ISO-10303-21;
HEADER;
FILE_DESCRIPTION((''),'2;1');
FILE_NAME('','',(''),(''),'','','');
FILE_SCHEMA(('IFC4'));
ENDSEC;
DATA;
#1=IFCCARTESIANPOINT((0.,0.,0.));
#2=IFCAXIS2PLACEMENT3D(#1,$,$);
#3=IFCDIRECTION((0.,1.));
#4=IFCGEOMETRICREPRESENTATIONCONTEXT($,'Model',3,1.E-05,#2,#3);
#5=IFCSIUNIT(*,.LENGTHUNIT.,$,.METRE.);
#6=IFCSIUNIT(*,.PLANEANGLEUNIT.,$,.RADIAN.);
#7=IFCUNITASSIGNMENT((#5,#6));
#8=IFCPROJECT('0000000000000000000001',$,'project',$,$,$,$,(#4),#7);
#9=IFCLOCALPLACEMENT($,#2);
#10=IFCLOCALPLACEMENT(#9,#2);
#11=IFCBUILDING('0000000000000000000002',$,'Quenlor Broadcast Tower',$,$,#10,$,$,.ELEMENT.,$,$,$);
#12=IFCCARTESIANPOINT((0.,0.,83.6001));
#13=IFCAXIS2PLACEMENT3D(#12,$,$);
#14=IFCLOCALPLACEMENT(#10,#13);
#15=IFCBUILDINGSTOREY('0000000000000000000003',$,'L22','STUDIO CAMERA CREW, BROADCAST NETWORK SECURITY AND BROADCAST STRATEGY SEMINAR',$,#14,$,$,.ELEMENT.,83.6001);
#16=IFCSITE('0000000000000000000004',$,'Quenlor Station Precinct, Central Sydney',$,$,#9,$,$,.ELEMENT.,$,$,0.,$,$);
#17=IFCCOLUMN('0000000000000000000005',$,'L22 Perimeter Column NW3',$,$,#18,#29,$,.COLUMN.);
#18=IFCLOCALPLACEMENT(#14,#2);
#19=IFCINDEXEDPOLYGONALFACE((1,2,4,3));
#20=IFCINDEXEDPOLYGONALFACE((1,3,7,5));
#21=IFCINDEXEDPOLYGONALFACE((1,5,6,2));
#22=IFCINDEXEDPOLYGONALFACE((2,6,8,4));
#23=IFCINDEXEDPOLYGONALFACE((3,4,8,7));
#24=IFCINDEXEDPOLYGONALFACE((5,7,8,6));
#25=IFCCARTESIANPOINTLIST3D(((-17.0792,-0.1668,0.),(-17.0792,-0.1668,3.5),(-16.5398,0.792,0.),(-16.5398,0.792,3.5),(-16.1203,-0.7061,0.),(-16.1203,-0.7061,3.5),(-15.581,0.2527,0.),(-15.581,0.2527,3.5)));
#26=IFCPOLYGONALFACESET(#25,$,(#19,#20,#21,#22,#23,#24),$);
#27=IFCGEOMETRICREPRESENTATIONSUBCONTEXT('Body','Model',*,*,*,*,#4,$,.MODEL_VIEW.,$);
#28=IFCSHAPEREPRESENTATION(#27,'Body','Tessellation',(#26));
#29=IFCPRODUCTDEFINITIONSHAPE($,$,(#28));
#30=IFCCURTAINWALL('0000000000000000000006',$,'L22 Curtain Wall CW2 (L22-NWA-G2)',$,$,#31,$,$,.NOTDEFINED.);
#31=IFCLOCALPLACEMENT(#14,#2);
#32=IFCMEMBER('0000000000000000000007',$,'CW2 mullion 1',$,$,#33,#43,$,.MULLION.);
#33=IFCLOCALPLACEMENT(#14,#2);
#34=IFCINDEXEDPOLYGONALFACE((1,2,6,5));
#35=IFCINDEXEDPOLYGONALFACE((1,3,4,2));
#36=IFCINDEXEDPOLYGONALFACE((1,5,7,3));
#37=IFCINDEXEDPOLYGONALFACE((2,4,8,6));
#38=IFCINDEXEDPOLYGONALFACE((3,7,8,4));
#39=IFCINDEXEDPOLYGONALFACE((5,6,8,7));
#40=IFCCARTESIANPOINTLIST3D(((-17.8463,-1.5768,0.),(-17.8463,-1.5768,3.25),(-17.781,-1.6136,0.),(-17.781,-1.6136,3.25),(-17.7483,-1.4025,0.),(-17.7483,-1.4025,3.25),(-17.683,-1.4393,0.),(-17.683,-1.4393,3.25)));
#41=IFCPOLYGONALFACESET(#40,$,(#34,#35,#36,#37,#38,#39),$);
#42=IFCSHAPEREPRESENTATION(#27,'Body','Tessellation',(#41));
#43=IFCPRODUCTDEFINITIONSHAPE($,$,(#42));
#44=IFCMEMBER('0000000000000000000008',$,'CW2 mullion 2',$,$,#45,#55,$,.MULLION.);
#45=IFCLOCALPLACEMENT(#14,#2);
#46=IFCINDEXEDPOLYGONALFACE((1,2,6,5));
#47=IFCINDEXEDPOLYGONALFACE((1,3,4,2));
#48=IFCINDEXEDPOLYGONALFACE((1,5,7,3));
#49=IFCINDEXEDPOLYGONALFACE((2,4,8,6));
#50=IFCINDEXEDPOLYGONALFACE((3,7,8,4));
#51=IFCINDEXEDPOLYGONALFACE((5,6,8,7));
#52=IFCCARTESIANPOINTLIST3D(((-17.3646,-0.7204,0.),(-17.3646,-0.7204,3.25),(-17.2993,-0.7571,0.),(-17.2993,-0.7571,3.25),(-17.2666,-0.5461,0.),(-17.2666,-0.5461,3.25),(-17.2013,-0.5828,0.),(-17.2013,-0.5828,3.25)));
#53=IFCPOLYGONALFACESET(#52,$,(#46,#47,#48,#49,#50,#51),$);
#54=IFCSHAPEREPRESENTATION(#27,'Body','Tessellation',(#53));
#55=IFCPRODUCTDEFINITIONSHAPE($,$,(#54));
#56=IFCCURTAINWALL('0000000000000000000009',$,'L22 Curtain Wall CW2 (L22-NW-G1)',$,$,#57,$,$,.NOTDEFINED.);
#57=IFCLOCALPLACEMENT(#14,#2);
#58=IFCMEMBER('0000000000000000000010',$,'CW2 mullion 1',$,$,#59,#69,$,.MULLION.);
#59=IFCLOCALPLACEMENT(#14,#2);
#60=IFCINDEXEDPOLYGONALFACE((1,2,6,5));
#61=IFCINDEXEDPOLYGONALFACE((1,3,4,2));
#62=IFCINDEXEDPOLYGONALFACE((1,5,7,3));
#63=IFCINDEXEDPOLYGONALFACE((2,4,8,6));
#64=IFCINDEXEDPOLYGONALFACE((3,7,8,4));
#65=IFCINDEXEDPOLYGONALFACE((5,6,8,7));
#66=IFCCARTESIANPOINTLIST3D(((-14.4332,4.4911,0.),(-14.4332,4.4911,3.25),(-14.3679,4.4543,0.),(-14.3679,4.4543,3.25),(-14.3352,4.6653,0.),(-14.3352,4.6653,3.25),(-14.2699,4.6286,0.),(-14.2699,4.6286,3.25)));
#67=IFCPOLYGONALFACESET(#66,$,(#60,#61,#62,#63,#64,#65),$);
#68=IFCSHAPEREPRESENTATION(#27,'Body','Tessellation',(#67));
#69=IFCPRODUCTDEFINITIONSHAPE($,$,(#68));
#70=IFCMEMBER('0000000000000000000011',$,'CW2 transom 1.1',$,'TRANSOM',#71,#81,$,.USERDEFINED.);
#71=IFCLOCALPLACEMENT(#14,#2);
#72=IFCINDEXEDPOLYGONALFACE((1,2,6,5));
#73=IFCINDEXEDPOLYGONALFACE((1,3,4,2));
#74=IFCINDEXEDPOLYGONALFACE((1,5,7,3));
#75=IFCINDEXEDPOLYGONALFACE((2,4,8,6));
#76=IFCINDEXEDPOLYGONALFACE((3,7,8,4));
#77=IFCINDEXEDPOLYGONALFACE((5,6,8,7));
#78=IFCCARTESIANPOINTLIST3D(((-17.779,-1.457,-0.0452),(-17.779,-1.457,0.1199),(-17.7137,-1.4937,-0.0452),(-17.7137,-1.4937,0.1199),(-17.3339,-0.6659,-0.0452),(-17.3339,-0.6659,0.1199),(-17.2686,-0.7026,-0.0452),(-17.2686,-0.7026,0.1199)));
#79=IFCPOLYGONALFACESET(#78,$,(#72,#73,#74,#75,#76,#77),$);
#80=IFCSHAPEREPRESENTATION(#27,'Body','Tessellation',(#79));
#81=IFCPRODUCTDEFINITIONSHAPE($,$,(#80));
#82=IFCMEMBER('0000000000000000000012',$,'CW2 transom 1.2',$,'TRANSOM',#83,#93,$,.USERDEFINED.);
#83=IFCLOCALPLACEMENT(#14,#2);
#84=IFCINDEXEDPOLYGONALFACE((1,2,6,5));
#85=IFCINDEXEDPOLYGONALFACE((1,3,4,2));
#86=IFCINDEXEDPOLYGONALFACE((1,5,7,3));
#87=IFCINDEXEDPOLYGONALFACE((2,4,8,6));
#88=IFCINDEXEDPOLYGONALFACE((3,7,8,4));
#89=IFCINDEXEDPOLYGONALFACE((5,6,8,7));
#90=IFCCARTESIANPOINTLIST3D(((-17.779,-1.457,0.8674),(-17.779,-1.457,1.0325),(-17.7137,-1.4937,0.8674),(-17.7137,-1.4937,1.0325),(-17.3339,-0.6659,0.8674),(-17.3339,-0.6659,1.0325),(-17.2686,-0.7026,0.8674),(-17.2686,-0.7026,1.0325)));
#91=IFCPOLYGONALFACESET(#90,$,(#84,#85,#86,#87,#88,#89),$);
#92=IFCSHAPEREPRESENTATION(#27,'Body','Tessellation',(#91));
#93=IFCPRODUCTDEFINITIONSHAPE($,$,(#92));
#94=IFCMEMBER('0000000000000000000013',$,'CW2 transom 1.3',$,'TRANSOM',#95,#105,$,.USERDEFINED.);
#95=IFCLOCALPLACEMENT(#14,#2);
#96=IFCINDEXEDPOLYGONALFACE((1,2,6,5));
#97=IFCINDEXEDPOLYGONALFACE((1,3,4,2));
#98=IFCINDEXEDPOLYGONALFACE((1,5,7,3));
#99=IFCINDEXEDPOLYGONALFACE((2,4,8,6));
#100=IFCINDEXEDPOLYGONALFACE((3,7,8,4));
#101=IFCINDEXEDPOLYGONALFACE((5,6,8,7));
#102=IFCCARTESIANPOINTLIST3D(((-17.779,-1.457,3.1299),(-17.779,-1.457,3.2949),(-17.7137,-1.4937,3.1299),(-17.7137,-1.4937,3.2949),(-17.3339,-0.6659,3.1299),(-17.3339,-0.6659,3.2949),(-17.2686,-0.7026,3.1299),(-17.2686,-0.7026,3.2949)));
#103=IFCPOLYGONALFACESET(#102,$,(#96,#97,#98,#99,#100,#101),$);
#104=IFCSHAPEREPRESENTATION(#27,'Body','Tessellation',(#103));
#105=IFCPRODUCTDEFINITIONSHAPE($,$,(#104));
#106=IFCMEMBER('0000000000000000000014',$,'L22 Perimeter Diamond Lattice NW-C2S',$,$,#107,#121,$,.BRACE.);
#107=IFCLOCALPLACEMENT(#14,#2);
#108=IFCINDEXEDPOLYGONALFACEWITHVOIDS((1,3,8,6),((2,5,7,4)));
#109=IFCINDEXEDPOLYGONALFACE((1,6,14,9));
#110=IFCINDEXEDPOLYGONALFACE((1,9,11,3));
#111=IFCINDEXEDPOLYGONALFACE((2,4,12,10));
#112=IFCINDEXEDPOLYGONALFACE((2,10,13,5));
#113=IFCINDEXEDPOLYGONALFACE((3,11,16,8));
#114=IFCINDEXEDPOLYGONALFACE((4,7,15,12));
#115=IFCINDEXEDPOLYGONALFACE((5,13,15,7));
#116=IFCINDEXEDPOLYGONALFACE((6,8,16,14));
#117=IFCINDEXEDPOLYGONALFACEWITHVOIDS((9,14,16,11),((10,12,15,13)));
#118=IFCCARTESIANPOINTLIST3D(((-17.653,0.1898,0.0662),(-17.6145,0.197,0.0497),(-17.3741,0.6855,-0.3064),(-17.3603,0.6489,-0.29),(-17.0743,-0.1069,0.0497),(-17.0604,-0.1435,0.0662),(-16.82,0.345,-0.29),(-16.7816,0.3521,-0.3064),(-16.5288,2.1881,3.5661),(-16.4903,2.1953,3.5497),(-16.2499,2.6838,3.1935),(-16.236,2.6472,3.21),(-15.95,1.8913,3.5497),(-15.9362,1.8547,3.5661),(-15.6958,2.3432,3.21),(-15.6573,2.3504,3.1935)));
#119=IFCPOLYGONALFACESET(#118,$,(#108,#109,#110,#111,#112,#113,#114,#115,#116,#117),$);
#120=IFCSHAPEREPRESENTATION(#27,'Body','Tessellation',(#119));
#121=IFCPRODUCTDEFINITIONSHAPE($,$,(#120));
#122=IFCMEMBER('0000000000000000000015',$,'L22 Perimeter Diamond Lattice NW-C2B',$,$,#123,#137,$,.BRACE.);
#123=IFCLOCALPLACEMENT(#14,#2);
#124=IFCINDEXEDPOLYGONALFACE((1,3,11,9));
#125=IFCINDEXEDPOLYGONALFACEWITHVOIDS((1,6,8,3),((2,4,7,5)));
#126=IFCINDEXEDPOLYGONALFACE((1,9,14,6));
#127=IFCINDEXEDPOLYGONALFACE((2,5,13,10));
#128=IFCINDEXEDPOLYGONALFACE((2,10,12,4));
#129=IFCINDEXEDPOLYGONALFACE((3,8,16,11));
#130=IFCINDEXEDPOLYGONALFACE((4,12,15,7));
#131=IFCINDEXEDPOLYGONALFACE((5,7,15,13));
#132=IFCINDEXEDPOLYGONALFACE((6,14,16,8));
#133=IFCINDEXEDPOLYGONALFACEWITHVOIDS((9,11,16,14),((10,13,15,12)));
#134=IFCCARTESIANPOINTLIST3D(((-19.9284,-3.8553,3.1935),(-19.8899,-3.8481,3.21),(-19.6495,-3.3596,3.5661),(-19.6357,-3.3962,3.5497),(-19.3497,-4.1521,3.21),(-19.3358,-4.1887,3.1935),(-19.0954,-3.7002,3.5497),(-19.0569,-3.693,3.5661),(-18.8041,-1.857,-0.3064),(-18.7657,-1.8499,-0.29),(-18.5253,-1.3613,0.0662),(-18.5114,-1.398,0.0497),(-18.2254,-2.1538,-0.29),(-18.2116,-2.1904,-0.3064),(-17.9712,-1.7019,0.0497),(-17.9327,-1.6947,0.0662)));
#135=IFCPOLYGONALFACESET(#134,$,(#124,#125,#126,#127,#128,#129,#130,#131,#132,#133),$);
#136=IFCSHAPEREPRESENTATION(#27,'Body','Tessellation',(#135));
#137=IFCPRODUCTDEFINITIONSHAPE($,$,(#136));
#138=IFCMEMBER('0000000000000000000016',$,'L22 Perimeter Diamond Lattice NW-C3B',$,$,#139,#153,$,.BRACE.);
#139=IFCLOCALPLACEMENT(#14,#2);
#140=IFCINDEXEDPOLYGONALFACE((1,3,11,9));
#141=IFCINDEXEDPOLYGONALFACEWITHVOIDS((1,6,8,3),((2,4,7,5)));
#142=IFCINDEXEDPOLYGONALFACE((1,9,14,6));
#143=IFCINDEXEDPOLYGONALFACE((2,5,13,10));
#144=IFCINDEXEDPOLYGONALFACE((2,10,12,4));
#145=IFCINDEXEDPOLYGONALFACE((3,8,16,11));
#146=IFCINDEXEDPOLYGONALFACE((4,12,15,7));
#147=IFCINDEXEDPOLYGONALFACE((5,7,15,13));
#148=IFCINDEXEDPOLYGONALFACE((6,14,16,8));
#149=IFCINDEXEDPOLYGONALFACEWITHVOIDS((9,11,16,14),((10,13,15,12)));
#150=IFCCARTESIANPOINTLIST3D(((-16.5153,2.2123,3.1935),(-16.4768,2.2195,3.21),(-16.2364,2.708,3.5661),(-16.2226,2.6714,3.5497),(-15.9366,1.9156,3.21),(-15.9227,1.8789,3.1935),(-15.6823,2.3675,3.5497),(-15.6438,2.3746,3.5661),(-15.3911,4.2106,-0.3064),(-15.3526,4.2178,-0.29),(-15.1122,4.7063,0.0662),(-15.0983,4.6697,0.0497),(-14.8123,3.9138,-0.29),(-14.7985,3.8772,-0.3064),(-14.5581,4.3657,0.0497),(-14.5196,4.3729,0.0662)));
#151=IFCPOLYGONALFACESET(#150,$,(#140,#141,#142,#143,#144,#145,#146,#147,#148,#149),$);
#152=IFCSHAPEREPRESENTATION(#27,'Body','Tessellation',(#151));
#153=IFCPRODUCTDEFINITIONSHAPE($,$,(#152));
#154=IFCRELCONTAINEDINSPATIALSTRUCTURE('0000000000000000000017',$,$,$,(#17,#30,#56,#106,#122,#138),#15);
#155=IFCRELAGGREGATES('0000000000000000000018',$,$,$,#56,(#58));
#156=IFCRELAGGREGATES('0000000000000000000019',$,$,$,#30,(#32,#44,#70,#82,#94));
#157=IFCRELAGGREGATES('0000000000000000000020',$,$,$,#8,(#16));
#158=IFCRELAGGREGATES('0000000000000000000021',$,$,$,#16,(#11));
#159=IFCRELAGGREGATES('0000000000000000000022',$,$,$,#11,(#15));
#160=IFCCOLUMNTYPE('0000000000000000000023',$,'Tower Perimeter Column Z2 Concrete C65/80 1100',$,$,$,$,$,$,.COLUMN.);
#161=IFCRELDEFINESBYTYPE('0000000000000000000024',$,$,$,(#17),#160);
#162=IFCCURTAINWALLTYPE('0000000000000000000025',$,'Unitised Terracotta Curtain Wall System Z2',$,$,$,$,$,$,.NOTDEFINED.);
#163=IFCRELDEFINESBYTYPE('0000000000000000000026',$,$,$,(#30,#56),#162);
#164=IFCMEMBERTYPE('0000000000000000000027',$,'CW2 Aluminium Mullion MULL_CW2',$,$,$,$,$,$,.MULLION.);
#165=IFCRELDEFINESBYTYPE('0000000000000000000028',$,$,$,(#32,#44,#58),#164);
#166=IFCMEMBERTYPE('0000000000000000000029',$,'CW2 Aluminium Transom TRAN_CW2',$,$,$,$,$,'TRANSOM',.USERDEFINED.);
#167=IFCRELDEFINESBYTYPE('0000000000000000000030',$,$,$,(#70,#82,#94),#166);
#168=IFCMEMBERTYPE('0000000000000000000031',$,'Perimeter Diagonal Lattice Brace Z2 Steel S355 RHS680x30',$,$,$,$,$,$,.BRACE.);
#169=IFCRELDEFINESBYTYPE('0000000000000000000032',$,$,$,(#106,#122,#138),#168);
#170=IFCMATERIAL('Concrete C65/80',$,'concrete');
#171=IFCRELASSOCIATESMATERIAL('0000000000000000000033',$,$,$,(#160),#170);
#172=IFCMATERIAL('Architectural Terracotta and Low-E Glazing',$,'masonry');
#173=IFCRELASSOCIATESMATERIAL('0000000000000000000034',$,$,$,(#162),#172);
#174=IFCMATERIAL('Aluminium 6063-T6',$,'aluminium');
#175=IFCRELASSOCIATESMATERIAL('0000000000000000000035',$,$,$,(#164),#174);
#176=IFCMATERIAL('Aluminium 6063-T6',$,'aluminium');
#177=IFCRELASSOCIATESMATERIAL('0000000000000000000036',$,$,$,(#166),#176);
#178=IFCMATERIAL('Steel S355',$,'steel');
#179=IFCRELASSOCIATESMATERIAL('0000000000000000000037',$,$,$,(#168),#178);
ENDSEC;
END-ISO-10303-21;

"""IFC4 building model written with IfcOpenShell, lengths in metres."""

from ifc_helpers import new_model, si_unit, direction, frame, origin, origin_2d, place, context, subcontext, project, spatial, rectangle, hollow_rectangle, extrude, material, material_profile, profile_set, type_object, element, aggregate, save


model = new_model("IFC4")

# Units and contexts
model_context = context("Model", 3, precision=1e-05, world=origin(), true_north=direction((0.0, 1.0)))
body_context = subcontext(model_context, "Body", "Model", "MODEL_VIEW")
ifc_project = project(units=[si_unit("LENGTHUNIT", "METRE"), si_unit("PLANEANGLEUNIT", "RADIAN")], contexts=[model_context])

# Site, building, storey
site_placement = place(None, origin())
site = spatial("IfcSite", under=ifc_project, at=site_placement, Name="Quenlor Station Precinct, Central Sydney", CompositionType="ELEMENT", RefElevation=0.0)
building_placement = place(site_placement, origin())
building = spatial("IfcBuilding", under=site, at=building_placement, Name="Quenlor Broadcast Tower", CompositionType="ELEMENT")
storey_placement = place(building_placement, frame((0.0, 0.0, 83.6001)))
storey = spatial("IfcBuildingStorey", under=building, at=storey_placement, Name="L22", Description="STUDIO CAMERA CREW, BROADCAST NETWORK SECURITY AND BROADCAST STRATEGY SEMINAR", CompositionType="ELEMENT", Elevation=83.6001)

# Column
ifc_material_1 = material(Name="Concrete C65/80", Category="concrete")
ifc_material_profile_1 = material_profile(ifc_material_1, rectangle(XDim=1.1001, YDim=1.1001, at=origin_2d()))
ifc_profile_set_1 = profile_set([ifc_material_profile_1], Name="Concrete C65/80 RC1100x1100")
column_type = type_object("IfcColumnType", Name="Tower Perimeter Column Z2 Concrete C65/80 1100", PredefinedType="COLUMN", material=ifc_profile_set_1)
column_placement = place(storey_placement, frame((-16.3301, 0.043, 0.0), z_axis=(0.0, 0.0, 1.0), x_axis=(-0.871575, 0.490262, 0.0)))
element("IfcColumn", 1, at=column_placement, inside=storey, type_object=column_type, Name="L22 Perimeter Column NW3", PredefinedType="COLUMN", context=body_context, shape_type="SweptSolid", body=[
    extrude(rectangle(XDim=1.1001, YDim=1.1001, at=origin_2d()), origin(), (0.0, 0.0, 1.0), 3.5),
])

# Curtain wall, members
ifc_material_2 = material(Name="Architectural Terracotta and Low-E Glazing", Category="masonry")
curtain_wall_type = type_object("IfcCurtainWallType", Name="Unitised Terracotta Curtain Wall System Z2", PredefinedType="NOTDEFINED", material=ifc_material_2)
curtain_wall_1_placement = place(storey_placement, origin())
curtain_wall_1 = element("IfcCurtainWall", 2, at=curtain_wall_1_placement, inside=storey, type_object=curtain_wall_type, Name="L22 Curtain Wall CW2 (L22-NWA-G2)", PredefinedType="NOTDEFINED")
ifc_material_3 = material(Name="Aluminium 6063-T6", Category="aluminium")
ifc_material_profile_2 = material_profile(ifc_material_3, rectangle(XDim=0.075, YDim=0.2, at=origin_2d()))
ifc_profile_set_2 = profile_set([ifc_material_profile_2], Name="Aluminium 6063-T6 MULL75x200")
member_type_1 = type_object("IfcMemberType", Name="CW2 Aluminium Mullion MULL_CW2", PredefinedType="MULLION", material=ifc_profile_set_2)
member_1_placement = place(storey_placement, frame((-17.7646, -1.5081, 0.0), z_axis=(0.0, 0.0, 1.0), x_axis=(-0.871581, 0.490252, 0.0)))
member_1 = element("IfcMember", 3, at=member_1_placement, type_object=member_type_1, Name="CW2 mullion 1", PredefinedType="MULLION", context=body_context, shape_type="SweptSolid", body=[
    extrude(rectangle(XDim=0.075, YDim=0.2, at=origin_2d()), origin(), (0.0, 0.0, 1.0), 3.25),
])
member_2_placement = place(storey_placement, frame((-17.283, -0.6516, 0.0), z_axis=(0.0, 0.0, 1.0), x_axis=(-0.871581, 0.490252, 0.0)))
member_2 = element("IfcMember", 4, at=member_2_placement, type_object=member_type_1, Name="CW2 mullion 2", PredefinedType="MULLION", context=body_context, shape_type="SweptSolid", body=[
    extrude(rectangle(XDim=0.075, YDim=0.2, at=origin_2d()), origin(), (0.0, 0.0, 1.0), 3.25),
])

# Curtain wall, member
curtain_wall_2_placement = place(storey_placement, origin())
curtain_wall_2 = element("IfcCurtainWall", 5, at=curtain_wall_2_placement, inside=storey, type_object=curtain_wall_type, Name="L22 Curtain Wall CW2 (L22-NW-G1)", PredefinedType="NOTDEFINED")
member_3_placement = place(storey_placement, frame((-14.3516, 4.5598, 0.0), z_axis=(0.0, 0.0, 1.0), x_axis=(-0.871579, 0.490254, 0.0)))
member_3 = element("IfcMember", 6, at=member_3_placement, type_object=member_type_1, Name="CW2 mullion 1", PredefinedType="MULLION", context=body_context, shape_type="SweptSolid", body=[
    extrude(rectangle(XDim=0.075, YDim=0.2, at=origin_2d()), origin(), (0.0, 0.0, 1.0), 3.25),
])
aggregate(curtain_wall_2, [member_3])

# Members
ifc_material_4 = material(Name="Aluminium 6063-T6", Category="aluminium")
ifc_material_profile_3 = material_profile(ifc_material_4, rectangle(XDim=0.075, YDim=0.165, at=origin_2d()))
ifc_profile_set_3 = profile_set([ifc_material_profile_3], Name="Aluminium 6063-T6 TRAN75x165")
member_type_2 = type_object("IfcMemberType", Name="CW2 Aluminium Transom TRAN_CW2", ElementType="TRANSOM", PredefinedType="USERDEFINED", material=ifc_profile_set_3)
member_4_placement = place(storey_placement, frame((-17.7463, -1.4753, 0.0374), z_axis=(0.490363, 0.871518, 0.0), x_axis=(-0.871518, 0.490363, 0.0)))
member_4 = element("IfcMember", 7, at=member_4_placement, type_object=member_type_2, Name="CW2 transom 1.1", ObjectType="TRANSOM", PredefinedType="USERDEFINED", context=body_context, shape_type="SweptSolid", body=[
    extrude(rectangle(XDim=0.075, YDim=0.165, at=origin_2d()), origin(), (0.0, 0.0, 1.0), 0.9077),
])
member_5_placement = place(storey_placement, frame((-17.7463, -1.4753, 0.95), z_axis=(0.490363, 0.871518, 0.0), x_axis=(-0.871518, 0.490363, 0.0)))
member_5 = element("IfcMember", 8, at=member_5_placement, type_object=member_type_2, Name="CW2 transom 1.2", ObjectType="TRANSOM", PredefinedType="USERDEFINED", context=body_context, shape_type="SweptSolid", body=[
    extrude(rectangle(XDim=0.075, YDim=0.165, at=origin_2d()), origin(), (0.0, 0.0, 1.0), 0.9077),
])
member_6_placement = place(storey_placement, frame((-17.7463, -1.4753, 3.2124), z_axis=(0.490363, 0.871518, 0.0), x_axis=(-0.871518, 0.490363, 0.0)))
member_6 = element("IfcMember", 9, at=member_6_placement, type_object=member_type_2, Name="CW2 transom 1.3", ObjectType="TRANSOM", PredefinedType="USERDEFINED", context=body_context, shape_type="SweptSolid", body=[
    extrude(rectangle(XDim=0.075, YDim=0.165, at=origin_2d()), origin(), (0.0, 0.0, 1.0), 0.9077),
])

# Members
ifc_material_5 = material(Name="Steel S355", Category="steel")
ifc_material_profile_4 = material_profile(ifc_material_5, hollow_rectangle(XDim=0.6799, YDim=0.6799, WallThickness=0.03, at=origin_2d()))
ifc_profile_set_4 = profile_set([ifc_material_profile_4], Name="Steel S355 RHS680x680x30")
member_type_3 = type_object("IfcMemberType", Name="Perimeter Diagonal Lattice Brace Z2 Steel S355 RHS680x30", PredefinedType="BRACE", material=ifc_profile_set_4)
for number, where, z_axis, x_axis, name in (
    (10, (-17.2173, 0.271, -0.1201), (0.268697, 0.477585, 0.836489), (-0.871533, 0.490337, 0.0), "L22 Perimeter Diamond Lattice NW-C2S"),
    (11, (-18.3684, -1.7759, -0.1201), (-0.268697, -0.477585, 0.836489), (0.871533, -0.490337, 0.0), "L22 Perimeter Diamond Lattice NW-C2B"),
    (12, (-14.9553, 4.2917, -0.1201), (-0.268697, -0.477585, 0.836489), (0.871533, -0.490337, 0.0), "L22 Perimeter Diamond Lattice NW-C3B"),
):
    element("IfcMember", number, at=place(storey_placement, frame(where, z_axis=z_axis, x_axis=x_axis)), inside=storey, type_object=member_type_3, Name=name, PredefinedType="BRACE", context=body_context, shape_type="SweptSolid", body=[
        extrude(hollow_rectangle(XDim=0.6799, YDim=0.6799, WallThickness=0.03, at=origin_2d()), origin(), (0.0, 0.0, 1.0), 4.1841),
    ])

aggregate(curtain_wall_1, [member_1, member_2, member_4, member_5, member_6])

save(model, "model.ifc")
